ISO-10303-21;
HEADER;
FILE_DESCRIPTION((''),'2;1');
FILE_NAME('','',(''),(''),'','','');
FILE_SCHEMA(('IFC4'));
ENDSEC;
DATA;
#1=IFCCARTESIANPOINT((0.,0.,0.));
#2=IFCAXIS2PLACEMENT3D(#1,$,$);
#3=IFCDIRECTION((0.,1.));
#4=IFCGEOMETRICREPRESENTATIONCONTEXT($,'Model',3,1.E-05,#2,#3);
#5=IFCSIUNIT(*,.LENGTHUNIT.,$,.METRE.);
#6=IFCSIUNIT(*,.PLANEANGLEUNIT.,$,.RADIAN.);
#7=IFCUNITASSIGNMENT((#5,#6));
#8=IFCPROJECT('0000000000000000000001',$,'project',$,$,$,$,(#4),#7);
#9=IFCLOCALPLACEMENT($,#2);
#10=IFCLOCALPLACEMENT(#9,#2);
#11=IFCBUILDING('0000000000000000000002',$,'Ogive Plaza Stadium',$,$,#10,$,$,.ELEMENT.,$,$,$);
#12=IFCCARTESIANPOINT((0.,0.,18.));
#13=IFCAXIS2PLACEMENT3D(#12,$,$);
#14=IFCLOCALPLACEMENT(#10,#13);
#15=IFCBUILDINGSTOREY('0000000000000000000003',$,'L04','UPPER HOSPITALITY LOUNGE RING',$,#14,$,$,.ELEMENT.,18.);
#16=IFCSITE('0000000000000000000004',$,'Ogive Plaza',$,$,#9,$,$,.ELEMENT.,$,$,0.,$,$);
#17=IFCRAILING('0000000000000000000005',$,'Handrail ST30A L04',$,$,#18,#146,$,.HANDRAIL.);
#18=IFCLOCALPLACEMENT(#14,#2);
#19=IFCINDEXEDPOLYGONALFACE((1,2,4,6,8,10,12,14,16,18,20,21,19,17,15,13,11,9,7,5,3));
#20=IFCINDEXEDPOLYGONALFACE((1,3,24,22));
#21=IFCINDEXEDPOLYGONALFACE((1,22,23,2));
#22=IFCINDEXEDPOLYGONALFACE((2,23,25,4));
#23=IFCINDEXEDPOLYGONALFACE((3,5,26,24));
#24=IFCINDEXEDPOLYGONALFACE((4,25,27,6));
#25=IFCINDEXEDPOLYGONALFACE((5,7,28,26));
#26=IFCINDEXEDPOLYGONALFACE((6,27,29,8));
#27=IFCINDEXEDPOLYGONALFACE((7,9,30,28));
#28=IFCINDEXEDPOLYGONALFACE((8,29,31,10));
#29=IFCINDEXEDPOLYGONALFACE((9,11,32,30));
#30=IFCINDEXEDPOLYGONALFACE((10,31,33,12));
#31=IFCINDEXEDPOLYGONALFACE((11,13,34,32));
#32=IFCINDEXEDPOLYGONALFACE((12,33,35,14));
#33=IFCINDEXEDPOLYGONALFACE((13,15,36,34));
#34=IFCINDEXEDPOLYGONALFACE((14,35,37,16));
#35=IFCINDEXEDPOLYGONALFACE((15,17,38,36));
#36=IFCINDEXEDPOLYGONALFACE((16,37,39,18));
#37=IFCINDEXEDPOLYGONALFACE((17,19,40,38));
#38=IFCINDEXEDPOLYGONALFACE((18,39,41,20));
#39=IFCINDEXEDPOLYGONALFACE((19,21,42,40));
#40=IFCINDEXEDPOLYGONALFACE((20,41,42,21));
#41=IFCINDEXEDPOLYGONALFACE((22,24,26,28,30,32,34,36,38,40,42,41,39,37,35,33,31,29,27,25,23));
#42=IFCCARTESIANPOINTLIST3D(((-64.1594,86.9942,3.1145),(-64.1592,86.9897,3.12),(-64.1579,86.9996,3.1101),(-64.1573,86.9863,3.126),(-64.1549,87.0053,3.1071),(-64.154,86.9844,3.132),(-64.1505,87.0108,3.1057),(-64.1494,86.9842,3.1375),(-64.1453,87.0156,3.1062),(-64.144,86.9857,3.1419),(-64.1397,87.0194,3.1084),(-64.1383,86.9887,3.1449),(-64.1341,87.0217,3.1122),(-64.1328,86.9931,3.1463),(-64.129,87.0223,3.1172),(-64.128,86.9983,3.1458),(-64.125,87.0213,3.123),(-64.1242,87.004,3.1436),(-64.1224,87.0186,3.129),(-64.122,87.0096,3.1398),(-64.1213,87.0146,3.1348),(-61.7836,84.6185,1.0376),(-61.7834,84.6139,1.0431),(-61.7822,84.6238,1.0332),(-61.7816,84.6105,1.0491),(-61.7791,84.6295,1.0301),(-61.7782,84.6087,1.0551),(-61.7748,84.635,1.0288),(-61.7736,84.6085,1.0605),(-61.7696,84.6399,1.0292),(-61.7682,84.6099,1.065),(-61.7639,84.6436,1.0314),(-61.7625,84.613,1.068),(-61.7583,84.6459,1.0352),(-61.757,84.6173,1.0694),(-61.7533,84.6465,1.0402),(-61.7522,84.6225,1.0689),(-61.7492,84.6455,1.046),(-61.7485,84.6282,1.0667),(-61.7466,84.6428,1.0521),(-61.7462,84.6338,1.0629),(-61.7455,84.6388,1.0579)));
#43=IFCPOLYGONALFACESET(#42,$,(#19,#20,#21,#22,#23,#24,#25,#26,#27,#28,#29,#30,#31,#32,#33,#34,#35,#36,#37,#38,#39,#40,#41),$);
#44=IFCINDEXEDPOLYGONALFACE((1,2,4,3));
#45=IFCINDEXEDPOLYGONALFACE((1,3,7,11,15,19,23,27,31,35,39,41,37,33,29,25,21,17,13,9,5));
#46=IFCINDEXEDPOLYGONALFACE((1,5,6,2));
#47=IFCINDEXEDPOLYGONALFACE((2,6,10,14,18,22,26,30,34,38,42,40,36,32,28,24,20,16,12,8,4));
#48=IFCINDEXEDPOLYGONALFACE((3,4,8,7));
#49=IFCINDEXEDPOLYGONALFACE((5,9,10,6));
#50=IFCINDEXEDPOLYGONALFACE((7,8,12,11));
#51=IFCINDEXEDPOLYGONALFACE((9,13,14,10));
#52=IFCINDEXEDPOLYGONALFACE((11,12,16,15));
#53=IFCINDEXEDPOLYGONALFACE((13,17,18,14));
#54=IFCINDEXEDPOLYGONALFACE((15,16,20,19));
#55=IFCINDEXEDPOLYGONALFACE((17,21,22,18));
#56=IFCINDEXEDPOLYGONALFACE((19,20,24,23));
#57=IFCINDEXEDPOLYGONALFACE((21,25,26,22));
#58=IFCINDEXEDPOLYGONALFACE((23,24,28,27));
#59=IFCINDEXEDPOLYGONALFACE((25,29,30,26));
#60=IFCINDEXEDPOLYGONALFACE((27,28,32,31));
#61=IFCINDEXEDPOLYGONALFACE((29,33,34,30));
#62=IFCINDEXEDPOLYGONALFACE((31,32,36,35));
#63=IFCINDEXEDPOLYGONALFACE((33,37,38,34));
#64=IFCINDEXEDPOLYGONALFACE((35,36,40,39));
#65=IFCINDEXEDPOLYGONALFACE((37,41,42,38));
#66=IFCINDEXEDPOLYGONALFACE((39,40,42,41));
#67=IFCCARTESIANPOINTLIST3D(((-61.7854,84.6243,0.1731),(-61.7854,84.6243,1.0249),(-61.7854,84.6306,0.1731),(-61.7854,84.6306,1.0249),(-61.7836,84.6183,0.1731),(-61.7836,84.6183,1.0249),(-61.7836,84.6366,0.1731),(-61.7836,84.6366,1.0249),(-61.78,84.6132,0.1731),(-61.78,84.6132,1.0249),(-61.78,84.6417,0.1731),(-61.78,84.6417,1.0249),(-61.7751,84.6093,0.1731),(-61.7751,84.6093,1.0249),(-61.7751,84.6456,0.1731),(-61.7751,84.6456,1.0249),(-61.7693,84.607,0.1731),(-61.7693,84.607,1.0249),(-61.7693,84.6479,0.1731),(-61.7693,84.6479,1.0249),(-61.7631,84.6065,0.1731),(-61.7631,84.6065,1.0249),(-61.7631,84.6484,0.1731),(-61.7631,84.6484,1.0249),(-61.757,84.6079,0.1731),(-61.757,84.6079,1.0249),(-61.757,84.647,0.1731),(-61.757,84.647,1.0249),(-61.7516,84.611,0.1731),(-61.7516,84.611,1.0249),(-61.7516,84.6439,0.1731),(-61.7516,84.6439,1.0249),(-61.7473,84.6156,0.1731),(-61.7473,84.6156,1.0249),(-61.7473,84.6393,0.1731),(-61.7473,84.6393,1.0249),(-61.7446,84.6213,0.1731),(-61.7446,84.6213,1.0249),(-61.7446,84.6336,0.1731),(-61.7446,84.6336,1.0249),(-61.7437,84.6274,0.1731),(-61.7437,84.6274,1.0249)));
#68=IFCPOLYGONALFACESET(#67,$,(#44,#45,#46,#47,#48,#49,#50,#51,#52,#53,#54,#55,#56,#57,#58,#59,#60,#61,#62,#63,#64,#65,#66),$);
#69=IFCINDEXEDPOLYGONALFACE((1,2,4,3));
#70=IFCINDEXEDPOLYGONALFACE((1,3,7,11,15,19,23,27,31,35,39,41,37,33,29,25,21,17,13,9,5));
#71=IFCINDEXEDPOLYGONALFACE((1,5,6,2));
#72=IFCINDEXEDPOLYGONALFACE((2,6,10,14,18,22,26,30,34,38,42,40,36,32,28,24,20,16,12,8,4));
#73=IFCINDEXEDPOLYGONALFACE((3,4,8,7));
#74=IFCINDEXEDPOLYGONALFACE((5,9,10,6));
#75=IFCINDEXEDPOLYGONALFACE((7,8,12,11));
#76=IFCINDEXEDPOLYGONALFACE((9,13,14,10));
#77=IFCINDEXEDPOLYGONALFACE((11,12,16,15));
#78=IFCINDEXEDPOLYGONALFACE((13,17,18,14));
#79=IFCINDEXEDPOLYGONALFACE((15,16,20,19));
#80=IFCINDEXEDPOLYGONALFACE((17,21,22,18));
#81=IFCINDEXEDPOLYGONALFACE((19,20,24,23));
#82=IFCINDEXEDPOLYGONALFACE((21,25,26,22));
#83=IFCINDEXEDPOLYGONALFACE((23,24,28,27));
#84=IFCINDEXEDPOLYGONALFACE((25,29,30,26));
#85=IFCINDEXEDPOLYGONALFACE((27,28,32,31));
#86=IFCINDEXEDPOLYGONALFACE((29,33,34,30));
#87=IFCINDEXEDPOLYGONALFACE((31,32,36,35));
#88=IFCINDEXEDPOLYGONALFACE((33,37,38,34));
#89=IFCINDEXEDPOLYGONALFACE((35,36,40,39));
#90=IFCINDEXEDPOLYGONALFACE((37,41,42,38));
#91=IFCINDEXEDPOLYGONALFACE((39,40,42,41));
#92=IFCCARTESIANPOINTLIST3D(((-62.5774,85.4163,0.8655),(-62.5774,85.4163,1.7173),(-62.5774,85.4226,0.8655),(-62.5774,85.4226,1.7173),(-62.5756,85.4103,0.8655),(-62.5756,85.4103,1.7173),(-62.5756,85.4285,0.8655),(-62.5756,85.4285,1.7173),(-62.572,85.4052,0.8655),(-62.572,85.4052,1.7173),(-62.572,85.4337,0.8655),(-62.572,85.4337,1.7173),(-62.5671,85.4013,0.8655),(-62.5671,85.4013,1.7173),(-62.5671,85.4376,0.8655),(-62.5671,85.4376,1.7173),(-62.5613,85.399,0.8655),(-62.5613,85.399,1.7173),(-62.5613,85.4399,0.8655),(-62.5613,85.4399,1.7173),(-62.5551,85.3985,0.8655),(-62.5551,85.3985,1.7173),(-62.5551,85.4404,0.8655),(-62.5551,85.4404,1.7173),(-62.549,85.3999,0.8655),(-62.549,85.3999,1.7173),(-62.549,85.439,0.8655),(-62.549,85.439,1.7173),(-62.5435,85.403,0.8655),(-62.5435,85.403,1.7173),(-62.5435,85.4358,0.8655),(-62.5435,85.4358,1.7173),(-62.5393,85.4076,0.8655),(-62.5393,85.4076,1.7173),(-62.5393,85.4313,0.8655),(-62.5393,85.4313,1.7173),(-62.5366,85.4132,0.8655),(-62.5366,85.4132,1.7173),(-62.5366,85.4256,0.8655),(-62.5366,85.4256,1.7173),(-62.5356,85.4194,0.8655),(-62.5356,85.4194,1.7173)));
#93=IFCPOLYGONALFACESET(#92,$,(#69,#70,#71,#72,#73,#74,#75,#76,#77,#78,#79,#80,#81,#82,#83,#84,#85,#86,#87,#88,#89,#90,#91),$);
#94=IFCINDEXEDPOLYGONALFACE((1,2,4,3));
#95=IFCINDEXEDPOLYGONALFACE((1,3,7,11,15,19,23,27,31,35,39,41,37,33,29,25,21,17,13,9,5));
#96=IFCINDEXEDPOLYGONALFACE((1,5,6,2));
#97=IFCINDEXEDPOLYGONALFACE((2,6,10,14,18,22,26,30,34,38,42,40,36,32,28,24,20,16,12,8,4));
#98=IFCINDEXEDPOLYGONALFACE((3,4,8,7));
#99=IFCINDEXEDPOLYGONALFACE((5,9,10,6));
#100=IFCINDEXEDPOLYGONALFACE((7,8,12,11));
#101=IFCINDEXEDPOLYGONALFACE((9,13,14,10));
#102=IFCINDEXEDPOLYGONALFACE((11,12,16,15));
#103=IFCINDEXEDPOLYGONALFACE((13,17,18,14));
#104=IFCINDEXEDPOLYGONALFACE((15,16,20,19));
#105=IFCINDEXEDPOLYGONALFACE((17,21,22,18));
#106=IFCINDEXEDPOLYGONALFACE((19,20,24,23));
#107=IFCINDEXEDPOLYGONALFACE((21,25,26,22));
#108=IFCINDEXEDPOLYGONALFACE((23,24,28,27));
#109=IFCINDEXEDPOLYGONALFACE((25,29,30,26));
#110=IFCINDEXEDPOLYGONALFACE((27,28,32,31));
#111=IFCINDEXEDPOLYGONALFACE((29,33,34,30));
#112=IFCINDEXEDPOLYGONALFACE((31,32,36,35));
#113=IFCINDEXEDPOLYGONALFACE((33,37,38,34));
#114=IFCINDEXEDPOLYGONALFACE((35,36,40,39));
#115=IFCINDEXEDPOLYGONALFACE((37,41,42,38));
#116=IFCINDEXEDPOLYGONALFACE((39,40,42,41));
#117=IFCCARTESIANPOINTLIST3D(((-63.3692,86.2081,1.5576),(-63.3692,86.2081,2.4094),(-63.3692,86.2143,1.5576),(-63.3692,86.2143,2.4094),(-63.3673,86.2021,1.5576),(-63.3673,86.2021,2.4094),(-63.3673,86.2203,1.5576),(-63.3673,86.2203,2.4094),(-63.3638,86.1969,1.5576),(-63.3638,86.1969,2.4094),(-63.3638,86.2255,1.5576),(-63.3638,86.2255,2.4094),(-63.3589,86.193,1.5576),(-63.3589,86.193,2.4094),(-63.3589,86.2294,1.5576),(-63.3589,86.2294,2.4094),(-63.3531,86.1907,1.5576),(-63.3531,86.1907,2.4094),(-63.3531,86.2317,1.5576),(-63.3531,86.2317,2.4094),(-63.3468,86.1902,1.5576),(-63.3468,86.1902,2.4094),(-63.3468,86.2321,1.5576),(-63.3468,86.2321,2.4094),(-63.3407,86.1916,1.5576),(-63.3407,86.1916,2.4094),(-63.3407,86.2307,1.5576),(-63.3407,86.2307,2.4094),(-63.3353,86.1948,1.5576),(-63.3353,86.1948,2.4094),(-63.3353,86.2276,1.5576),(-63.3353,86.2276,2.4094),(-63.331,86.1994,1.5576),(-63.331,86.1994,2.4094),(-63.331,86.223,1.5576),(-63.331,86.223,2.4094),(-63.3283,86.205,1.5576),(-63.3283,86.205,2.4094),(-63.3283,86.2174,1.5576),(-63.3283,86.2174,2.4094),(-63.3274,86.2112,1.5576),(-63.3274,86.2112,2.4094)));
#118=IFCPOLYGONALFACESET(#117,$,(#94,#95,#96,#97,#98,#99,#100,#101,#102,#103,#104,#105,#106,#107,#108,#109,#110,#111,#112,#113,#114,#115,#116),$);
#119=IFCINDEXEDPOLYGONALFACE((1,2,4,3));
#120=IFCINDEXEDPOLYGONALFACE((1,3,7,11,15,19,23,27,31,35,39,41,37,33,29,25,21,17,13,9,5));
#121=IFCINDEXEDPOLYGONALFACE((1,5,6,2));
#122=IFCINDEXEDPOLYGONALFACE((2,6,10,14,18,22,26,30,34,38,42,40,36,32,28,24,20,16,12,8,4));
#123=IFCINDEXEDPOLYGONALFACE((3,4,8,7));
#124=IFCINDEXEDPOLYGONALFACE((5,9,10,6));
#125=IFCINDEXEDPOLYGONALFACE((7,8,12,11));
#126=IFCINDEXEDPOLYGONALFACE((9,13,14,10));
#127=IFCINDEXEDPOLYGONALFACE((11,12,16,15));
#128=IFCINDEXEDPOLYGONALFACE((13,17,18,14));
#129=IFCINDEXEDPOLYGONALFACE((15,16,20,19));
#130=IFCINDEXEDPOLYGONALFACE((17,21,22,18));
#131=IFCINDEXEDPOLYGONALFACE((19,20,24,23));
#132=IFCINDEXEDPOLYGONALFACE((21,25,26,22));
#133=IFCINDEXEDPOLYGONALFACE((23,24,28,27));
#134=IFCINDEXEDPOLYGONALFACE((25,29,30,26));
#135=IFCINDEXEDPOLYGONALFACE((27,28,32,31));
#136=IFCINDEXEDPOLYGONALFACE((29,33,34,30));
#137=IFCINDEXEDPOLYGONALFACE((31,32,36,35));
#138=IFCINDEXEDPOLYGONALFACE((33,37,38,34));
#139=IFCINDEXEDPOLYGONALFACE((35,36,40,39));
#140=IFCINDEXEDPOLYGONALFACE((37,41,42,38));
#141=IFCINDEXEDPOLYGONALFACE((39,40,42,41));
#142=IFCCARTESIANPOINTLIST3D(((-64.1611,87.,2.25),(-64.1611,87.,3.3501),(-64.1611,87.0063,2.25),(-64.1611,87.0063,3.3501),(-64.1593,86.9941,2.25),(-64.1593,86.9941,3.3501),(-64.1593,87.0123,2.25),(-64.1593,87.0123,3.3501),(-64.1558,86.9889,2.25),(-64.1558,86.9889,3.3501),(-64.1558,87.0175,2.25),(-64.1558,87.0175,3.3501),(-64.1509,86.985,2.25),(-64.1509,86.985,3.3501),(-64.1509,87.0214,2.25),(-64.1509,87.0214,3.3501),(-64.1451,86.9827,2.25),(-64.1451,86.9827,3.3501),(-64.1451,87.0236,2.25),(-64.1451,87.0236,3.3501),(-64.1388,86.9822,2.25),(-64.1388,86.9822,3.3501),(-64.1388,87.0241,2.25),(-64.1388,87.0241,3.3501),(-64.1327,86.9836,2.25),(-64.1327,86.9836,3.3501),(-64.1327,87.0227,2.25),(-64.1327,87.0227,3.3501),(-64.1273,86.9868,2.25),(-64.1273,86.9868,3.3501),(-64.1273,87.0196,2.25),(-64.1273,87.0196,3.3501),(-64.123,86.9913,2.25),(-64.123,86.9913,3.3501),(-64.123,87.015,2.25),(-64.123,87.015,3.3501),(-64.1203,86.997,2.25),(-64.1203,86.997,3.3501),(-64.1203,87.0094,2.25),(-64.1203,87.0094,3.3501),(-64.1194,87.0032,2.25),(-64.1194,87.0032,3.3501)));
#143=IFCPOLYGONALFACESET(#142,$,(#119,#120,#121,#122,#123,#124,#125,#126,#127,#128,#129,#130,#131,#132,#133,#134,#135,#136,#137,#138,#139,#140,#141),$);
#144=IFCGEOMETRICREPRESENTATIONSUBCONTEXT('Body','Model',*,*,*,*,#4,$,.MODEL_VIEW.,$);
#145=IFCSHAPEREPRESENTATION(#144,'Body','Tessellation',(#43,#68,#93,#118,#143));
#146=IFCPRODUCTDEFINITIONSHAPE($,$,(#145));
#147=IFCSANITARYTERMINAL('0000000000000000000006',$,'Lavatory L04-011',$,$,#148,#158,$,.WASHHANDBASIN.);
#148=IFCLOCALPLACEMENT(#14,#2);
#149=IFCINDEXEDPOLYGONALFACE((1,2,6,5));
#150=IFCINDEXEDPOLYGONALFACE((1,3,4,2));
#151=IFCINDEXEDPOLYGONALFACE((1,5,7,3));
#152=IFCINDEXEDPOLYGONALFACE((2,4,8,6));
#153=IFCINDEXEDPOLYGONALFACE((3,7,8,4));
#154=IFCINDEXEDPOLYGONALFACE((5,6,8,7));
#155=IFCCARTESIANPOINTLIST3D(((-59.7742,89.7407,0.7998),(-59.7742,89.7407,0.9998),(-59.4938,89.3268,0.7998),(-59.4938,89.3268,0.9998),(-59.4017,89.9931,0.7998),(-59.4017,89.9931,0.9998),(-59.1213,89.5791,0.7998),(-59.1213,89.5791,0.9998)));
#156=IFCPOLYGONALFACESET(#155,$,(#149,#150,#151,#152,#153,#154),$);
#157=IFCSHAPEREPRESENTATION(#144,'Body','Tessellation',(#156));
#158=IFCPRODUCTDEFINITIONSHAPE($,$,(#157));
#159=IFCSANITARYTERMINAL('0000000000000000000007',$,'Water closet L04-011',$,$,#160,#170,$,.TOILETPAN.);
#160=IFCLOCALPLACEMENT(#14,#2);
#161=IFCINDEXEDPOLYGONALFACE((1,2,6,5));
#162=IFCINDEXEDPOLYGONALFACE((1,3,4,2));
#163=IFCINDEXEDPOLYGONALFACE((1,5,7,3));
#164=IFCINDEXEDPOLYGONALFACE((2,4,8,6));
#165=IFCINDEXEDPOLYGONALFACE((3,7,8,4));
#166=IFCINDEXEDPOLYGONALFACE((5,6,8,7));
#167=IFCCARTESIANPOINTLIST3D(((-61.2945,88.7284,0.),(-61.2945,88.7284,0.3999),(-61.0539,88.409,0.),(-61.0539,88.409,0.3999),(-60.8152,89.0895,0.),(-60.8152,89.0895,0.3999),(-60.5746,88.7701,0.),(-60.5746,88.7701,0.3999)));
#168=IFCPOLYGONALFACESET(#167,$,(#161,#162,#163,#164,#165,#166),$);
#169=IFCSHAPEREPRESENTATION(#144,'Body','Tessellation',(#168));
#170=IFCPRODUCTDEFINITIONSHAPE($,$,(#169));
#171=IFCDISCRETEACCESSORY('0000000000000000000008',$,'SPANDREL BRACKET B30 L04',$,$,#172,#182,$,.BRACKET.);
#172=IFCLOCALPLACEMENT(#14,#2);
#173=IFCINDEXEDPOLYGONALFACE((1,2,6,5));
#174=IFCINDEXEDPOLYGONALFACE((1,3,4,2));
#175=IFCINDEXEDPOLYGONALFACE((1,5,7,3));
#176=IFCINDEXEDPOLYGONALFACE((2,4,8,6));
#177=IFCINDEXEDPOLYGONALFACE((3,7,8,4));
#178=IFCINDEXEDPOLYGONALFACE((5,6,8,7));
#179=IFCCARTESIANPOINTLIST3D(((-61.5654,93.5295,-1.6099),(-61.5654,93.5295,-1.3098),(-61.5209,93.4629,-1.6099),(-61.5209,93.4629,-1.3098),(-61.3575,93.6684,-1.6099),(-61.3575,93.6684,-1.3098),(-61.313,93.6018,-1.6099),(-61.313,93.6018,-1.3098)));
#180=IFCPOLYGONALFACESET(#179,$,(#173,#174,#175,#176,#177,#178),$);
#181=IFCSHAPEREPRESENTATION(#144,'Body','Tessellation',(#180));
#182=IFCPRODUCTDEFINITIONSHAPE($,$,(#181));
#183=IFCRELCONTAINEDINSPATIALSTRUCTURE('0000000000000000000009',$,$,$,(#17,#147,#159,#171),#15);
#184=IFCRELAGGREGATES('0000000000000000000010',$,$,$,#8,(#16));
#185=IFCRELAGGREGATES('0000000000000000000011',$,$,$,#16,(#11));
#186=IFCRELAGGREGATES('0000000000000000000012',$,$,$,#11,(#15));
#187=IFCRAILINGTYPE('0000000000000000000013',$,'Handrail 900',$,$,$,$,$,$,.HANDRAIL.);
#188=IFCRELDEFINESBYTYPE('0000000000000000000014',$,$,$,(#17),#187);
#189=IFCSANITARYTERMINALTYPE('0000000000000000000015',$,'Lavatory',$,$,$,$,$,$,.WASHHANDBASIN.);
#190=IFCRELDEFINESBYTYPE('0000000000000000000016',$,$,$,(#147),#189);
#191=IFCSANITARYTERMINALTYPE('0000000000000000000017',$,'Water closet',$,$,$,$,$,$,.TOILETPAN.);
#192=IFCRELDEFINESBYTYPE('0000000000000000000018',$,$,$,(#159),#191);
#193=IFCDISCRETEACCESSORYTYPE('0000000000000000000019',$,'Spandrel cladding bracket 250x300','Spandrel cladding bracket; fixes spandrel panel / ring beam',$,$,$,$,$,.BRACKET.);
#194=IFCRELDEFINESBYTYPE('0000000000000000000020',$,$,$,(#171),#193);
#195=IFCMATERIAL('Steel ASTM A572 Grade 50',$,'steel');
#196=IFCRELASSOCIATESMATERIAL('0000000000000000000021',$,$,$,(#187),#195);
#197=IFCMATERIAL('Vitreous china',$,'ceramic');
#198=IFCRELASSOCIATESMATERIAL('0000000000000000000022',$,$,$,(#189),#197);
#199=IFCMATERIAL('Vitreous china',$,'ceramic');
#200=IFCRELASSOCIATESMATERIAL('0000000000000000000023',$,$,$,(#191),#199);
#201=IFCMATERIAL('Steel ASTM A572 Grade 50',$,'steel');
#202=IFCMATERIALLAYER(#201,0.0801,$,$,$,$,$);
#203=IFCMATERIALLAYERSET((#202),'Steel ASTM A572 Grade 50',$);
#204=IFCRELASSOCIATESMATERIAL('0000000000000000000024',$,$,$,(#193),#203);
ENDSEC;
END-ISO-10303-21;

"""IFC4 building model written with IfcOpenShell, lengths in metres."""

from ifc_helpers import new_model, si_unit, direction, frame, origin, origin_2d, place, context, subcontext, project, spatial, rectangle, circle, extrude, material, layer, layer_set, type_object, element, save


model = new_model("IFC4")

# Units and contexts
model_context = context("Model", 3, precision=1e-05, world=origin(), true_north=direction((0.0, 1.0)))
body_context = subcontext(model_context, "Body", "Model", "MODEL_VIEW")
ifc_project = project(units=[si_unit("LENGTHUNIT", "METRE"), si_unit("PLANEANGLEUNIT", "RADIAN")], contexts=[model_context])

# Site, building, storey
site_placement = place(None, origin())
site = spatial("IfcSite", under=ifc_project, at=site_placement, Name="Ogive Plaza", CompositionType="ELEMENT", RefElevation=0.0)
building_placement = place(site_placement, origin())
building = spatial("IfcBuilding", under=site, at=building_placement, Name="Ogive Plaza Stadium", CompositionType="ELEMENT")
storey_placement = place(building_placement, frame((0.0, 0.0, 18.0)))
storey = spatial("IfcBuildingStorey", under=building, at=storey_placement, Name="L04", Description="UPPER HOSPITALITY LOUNGE RING", CompositionType="ELEMENT", Elevation=18.0)

# Railing
ifc_material_1 = material(Name="Steel ASTM A572 Grade 50", Category="steel")
railing_type_1 = type_object("IfcRailingType", Name="Handrail 900", PredefinedType="HANDRAIL", material=ifc_material_1)
railing_1_placement = place(storey_placement, frame((-61.7646, 84.6274, 0.1731)))
element("IfcRailing", 1, at=railing_1_placement, inside=storey, type_object=railing_type_1, Name="Handrail ST30A L04", PredefinedType="HANDRAIL", context=body_context, shape_type="SweptSolid", body=[
    extrude(circle(Radius=0.0239, at=origin_2d()), frame((0.0, 0.0, 0.876), z_axis=(-0.601466, 0.601466, 0.525811), x_axis=(-0.707107, -0.707107, 0.0)), (0.0, 0.0, 1.0), 3.95),
    extrude(circle(Radius=0.021, at=origin_2d()), origin(), (0.0, 0.0, 1.0), 0.8518),
    extrude(circle(Radius=0.021, at=origin_2d()), frame((-0.792, 0.792, 0.6924)), (0.0, 0.0, 1.0), 0.8518),
    extrude(circle(Radius=0.021, at=origin_2d()), frame((-1.5837, 1.5837, 1.3845)), (0.0, 0.0, 1.0), 0.8518),
    extrude(circle(Radius=0.021, at=origin_2d()), frame((-2.3757, 2.3757, 2.0769)), (0.0, 0.0, 1.0), 1.1001),
])

# Sanitary terminals
ifc_material_2 = material(Name="Vitreous china", Category="ceramic")
sanitary_terminal_type_1 = type_object("IfcSanitaryTerminalType", Name="Lavatory", PredefinedType="WASHHANDBASIN", material=ifc_material_2)
sanitary_terminal_1_placement = place(storey_placement, frame((-59.4478, 89.6599, 0.7998), z_axis=(0.0, 0.0, 1.0), x_axis=(0.560898, -0.827885, 0.0)))
element("IfcSanitaryTerminal", 2, at=sanitary_terminal_1_placement, inside=storey, type_object=sanitary_terminal_type_1, Name="Lavatory L04-011", PredefinedType="WASHHANDBASIN", context=body_context, shape_type="SweptSolid", body=[
    extrude(rectangle(XDim=0.5, YDim=0.45, at=origin_2d()), origin(), (0.0, 0.0, 1.0), 0.2),
])
ifc_material_3 = material(Name="Vitreous china", Category="ceramic")
sanitary_terminal_type_2 = type_object("IfcSanitaryTerminalType", Name="Water closet", PredefinedType="TOILETPAN", material=ifc_material_3)
sanitary_terminal_2_placement = place(storey_placement, frame((-60.9346, 88.7493, 0.0), z_axis=(0.0, 0.0, 1.0), x_axis=(0.601736, -0.798695, 0.0)))
element("IfcSanitaryTerminal", 3, at=sanitary_terminal_2_placement, inside=storey, type_object=sanitary_terminal_type_2, Name="Water closet L04-011", PredefinedType="TOILETPAN", context=body_context, shape_type="SweptSolid", body=[
    extrude(rectangle(XDim=0.3999, YDim=0.6001, at=origin_2d()), origin(), (0.0, 0.0, 1.0), 0.3999),
])

# Discrete accessory
ifc_material_4 = material(Name="Steel ASTM A572 Grade 50", Category="steel")
ifc_layer_1 = layer(ifc_material_4, 0.0801)
ifc_layer_set_1 = layer_set([ifc_layer_1], Name="Steel ASTM A572 Grade 50")
discrete_accessory_type = type_object("IfcDiscreteAccessoryType", Name="Spandrel cladding bracket 250x300", Description="Spandrel cladding bracket; fixes spandrel panel / ring beam", PredefinedType="BRACKET", material=ifc_layer_set_1)
discrete_accessory_placement = place(storey_placement, frame((-61.4392, 93.5657, -1.6099), z_axis=(0.0, 0.0, 1.0), x_axis=(0.83147, 0.55557, 0.0)))
element("IfcDiscreteAccessory", 4, at=discrete_accessory_placement, inside=storey, type_object=discrete_accessory_type, Name="SPANDREL BRACKET B30 L04", PredefinedType="BRACKET", context=body_context, shape_type="SweptSolid", body=[
    extrude(rectangle(XDim=0.25, YDim=0.0801, at=origin_2d()), origin(), (0.0, 0.0, 1.0), 0.3),
])

save(model, "model.ifc")
